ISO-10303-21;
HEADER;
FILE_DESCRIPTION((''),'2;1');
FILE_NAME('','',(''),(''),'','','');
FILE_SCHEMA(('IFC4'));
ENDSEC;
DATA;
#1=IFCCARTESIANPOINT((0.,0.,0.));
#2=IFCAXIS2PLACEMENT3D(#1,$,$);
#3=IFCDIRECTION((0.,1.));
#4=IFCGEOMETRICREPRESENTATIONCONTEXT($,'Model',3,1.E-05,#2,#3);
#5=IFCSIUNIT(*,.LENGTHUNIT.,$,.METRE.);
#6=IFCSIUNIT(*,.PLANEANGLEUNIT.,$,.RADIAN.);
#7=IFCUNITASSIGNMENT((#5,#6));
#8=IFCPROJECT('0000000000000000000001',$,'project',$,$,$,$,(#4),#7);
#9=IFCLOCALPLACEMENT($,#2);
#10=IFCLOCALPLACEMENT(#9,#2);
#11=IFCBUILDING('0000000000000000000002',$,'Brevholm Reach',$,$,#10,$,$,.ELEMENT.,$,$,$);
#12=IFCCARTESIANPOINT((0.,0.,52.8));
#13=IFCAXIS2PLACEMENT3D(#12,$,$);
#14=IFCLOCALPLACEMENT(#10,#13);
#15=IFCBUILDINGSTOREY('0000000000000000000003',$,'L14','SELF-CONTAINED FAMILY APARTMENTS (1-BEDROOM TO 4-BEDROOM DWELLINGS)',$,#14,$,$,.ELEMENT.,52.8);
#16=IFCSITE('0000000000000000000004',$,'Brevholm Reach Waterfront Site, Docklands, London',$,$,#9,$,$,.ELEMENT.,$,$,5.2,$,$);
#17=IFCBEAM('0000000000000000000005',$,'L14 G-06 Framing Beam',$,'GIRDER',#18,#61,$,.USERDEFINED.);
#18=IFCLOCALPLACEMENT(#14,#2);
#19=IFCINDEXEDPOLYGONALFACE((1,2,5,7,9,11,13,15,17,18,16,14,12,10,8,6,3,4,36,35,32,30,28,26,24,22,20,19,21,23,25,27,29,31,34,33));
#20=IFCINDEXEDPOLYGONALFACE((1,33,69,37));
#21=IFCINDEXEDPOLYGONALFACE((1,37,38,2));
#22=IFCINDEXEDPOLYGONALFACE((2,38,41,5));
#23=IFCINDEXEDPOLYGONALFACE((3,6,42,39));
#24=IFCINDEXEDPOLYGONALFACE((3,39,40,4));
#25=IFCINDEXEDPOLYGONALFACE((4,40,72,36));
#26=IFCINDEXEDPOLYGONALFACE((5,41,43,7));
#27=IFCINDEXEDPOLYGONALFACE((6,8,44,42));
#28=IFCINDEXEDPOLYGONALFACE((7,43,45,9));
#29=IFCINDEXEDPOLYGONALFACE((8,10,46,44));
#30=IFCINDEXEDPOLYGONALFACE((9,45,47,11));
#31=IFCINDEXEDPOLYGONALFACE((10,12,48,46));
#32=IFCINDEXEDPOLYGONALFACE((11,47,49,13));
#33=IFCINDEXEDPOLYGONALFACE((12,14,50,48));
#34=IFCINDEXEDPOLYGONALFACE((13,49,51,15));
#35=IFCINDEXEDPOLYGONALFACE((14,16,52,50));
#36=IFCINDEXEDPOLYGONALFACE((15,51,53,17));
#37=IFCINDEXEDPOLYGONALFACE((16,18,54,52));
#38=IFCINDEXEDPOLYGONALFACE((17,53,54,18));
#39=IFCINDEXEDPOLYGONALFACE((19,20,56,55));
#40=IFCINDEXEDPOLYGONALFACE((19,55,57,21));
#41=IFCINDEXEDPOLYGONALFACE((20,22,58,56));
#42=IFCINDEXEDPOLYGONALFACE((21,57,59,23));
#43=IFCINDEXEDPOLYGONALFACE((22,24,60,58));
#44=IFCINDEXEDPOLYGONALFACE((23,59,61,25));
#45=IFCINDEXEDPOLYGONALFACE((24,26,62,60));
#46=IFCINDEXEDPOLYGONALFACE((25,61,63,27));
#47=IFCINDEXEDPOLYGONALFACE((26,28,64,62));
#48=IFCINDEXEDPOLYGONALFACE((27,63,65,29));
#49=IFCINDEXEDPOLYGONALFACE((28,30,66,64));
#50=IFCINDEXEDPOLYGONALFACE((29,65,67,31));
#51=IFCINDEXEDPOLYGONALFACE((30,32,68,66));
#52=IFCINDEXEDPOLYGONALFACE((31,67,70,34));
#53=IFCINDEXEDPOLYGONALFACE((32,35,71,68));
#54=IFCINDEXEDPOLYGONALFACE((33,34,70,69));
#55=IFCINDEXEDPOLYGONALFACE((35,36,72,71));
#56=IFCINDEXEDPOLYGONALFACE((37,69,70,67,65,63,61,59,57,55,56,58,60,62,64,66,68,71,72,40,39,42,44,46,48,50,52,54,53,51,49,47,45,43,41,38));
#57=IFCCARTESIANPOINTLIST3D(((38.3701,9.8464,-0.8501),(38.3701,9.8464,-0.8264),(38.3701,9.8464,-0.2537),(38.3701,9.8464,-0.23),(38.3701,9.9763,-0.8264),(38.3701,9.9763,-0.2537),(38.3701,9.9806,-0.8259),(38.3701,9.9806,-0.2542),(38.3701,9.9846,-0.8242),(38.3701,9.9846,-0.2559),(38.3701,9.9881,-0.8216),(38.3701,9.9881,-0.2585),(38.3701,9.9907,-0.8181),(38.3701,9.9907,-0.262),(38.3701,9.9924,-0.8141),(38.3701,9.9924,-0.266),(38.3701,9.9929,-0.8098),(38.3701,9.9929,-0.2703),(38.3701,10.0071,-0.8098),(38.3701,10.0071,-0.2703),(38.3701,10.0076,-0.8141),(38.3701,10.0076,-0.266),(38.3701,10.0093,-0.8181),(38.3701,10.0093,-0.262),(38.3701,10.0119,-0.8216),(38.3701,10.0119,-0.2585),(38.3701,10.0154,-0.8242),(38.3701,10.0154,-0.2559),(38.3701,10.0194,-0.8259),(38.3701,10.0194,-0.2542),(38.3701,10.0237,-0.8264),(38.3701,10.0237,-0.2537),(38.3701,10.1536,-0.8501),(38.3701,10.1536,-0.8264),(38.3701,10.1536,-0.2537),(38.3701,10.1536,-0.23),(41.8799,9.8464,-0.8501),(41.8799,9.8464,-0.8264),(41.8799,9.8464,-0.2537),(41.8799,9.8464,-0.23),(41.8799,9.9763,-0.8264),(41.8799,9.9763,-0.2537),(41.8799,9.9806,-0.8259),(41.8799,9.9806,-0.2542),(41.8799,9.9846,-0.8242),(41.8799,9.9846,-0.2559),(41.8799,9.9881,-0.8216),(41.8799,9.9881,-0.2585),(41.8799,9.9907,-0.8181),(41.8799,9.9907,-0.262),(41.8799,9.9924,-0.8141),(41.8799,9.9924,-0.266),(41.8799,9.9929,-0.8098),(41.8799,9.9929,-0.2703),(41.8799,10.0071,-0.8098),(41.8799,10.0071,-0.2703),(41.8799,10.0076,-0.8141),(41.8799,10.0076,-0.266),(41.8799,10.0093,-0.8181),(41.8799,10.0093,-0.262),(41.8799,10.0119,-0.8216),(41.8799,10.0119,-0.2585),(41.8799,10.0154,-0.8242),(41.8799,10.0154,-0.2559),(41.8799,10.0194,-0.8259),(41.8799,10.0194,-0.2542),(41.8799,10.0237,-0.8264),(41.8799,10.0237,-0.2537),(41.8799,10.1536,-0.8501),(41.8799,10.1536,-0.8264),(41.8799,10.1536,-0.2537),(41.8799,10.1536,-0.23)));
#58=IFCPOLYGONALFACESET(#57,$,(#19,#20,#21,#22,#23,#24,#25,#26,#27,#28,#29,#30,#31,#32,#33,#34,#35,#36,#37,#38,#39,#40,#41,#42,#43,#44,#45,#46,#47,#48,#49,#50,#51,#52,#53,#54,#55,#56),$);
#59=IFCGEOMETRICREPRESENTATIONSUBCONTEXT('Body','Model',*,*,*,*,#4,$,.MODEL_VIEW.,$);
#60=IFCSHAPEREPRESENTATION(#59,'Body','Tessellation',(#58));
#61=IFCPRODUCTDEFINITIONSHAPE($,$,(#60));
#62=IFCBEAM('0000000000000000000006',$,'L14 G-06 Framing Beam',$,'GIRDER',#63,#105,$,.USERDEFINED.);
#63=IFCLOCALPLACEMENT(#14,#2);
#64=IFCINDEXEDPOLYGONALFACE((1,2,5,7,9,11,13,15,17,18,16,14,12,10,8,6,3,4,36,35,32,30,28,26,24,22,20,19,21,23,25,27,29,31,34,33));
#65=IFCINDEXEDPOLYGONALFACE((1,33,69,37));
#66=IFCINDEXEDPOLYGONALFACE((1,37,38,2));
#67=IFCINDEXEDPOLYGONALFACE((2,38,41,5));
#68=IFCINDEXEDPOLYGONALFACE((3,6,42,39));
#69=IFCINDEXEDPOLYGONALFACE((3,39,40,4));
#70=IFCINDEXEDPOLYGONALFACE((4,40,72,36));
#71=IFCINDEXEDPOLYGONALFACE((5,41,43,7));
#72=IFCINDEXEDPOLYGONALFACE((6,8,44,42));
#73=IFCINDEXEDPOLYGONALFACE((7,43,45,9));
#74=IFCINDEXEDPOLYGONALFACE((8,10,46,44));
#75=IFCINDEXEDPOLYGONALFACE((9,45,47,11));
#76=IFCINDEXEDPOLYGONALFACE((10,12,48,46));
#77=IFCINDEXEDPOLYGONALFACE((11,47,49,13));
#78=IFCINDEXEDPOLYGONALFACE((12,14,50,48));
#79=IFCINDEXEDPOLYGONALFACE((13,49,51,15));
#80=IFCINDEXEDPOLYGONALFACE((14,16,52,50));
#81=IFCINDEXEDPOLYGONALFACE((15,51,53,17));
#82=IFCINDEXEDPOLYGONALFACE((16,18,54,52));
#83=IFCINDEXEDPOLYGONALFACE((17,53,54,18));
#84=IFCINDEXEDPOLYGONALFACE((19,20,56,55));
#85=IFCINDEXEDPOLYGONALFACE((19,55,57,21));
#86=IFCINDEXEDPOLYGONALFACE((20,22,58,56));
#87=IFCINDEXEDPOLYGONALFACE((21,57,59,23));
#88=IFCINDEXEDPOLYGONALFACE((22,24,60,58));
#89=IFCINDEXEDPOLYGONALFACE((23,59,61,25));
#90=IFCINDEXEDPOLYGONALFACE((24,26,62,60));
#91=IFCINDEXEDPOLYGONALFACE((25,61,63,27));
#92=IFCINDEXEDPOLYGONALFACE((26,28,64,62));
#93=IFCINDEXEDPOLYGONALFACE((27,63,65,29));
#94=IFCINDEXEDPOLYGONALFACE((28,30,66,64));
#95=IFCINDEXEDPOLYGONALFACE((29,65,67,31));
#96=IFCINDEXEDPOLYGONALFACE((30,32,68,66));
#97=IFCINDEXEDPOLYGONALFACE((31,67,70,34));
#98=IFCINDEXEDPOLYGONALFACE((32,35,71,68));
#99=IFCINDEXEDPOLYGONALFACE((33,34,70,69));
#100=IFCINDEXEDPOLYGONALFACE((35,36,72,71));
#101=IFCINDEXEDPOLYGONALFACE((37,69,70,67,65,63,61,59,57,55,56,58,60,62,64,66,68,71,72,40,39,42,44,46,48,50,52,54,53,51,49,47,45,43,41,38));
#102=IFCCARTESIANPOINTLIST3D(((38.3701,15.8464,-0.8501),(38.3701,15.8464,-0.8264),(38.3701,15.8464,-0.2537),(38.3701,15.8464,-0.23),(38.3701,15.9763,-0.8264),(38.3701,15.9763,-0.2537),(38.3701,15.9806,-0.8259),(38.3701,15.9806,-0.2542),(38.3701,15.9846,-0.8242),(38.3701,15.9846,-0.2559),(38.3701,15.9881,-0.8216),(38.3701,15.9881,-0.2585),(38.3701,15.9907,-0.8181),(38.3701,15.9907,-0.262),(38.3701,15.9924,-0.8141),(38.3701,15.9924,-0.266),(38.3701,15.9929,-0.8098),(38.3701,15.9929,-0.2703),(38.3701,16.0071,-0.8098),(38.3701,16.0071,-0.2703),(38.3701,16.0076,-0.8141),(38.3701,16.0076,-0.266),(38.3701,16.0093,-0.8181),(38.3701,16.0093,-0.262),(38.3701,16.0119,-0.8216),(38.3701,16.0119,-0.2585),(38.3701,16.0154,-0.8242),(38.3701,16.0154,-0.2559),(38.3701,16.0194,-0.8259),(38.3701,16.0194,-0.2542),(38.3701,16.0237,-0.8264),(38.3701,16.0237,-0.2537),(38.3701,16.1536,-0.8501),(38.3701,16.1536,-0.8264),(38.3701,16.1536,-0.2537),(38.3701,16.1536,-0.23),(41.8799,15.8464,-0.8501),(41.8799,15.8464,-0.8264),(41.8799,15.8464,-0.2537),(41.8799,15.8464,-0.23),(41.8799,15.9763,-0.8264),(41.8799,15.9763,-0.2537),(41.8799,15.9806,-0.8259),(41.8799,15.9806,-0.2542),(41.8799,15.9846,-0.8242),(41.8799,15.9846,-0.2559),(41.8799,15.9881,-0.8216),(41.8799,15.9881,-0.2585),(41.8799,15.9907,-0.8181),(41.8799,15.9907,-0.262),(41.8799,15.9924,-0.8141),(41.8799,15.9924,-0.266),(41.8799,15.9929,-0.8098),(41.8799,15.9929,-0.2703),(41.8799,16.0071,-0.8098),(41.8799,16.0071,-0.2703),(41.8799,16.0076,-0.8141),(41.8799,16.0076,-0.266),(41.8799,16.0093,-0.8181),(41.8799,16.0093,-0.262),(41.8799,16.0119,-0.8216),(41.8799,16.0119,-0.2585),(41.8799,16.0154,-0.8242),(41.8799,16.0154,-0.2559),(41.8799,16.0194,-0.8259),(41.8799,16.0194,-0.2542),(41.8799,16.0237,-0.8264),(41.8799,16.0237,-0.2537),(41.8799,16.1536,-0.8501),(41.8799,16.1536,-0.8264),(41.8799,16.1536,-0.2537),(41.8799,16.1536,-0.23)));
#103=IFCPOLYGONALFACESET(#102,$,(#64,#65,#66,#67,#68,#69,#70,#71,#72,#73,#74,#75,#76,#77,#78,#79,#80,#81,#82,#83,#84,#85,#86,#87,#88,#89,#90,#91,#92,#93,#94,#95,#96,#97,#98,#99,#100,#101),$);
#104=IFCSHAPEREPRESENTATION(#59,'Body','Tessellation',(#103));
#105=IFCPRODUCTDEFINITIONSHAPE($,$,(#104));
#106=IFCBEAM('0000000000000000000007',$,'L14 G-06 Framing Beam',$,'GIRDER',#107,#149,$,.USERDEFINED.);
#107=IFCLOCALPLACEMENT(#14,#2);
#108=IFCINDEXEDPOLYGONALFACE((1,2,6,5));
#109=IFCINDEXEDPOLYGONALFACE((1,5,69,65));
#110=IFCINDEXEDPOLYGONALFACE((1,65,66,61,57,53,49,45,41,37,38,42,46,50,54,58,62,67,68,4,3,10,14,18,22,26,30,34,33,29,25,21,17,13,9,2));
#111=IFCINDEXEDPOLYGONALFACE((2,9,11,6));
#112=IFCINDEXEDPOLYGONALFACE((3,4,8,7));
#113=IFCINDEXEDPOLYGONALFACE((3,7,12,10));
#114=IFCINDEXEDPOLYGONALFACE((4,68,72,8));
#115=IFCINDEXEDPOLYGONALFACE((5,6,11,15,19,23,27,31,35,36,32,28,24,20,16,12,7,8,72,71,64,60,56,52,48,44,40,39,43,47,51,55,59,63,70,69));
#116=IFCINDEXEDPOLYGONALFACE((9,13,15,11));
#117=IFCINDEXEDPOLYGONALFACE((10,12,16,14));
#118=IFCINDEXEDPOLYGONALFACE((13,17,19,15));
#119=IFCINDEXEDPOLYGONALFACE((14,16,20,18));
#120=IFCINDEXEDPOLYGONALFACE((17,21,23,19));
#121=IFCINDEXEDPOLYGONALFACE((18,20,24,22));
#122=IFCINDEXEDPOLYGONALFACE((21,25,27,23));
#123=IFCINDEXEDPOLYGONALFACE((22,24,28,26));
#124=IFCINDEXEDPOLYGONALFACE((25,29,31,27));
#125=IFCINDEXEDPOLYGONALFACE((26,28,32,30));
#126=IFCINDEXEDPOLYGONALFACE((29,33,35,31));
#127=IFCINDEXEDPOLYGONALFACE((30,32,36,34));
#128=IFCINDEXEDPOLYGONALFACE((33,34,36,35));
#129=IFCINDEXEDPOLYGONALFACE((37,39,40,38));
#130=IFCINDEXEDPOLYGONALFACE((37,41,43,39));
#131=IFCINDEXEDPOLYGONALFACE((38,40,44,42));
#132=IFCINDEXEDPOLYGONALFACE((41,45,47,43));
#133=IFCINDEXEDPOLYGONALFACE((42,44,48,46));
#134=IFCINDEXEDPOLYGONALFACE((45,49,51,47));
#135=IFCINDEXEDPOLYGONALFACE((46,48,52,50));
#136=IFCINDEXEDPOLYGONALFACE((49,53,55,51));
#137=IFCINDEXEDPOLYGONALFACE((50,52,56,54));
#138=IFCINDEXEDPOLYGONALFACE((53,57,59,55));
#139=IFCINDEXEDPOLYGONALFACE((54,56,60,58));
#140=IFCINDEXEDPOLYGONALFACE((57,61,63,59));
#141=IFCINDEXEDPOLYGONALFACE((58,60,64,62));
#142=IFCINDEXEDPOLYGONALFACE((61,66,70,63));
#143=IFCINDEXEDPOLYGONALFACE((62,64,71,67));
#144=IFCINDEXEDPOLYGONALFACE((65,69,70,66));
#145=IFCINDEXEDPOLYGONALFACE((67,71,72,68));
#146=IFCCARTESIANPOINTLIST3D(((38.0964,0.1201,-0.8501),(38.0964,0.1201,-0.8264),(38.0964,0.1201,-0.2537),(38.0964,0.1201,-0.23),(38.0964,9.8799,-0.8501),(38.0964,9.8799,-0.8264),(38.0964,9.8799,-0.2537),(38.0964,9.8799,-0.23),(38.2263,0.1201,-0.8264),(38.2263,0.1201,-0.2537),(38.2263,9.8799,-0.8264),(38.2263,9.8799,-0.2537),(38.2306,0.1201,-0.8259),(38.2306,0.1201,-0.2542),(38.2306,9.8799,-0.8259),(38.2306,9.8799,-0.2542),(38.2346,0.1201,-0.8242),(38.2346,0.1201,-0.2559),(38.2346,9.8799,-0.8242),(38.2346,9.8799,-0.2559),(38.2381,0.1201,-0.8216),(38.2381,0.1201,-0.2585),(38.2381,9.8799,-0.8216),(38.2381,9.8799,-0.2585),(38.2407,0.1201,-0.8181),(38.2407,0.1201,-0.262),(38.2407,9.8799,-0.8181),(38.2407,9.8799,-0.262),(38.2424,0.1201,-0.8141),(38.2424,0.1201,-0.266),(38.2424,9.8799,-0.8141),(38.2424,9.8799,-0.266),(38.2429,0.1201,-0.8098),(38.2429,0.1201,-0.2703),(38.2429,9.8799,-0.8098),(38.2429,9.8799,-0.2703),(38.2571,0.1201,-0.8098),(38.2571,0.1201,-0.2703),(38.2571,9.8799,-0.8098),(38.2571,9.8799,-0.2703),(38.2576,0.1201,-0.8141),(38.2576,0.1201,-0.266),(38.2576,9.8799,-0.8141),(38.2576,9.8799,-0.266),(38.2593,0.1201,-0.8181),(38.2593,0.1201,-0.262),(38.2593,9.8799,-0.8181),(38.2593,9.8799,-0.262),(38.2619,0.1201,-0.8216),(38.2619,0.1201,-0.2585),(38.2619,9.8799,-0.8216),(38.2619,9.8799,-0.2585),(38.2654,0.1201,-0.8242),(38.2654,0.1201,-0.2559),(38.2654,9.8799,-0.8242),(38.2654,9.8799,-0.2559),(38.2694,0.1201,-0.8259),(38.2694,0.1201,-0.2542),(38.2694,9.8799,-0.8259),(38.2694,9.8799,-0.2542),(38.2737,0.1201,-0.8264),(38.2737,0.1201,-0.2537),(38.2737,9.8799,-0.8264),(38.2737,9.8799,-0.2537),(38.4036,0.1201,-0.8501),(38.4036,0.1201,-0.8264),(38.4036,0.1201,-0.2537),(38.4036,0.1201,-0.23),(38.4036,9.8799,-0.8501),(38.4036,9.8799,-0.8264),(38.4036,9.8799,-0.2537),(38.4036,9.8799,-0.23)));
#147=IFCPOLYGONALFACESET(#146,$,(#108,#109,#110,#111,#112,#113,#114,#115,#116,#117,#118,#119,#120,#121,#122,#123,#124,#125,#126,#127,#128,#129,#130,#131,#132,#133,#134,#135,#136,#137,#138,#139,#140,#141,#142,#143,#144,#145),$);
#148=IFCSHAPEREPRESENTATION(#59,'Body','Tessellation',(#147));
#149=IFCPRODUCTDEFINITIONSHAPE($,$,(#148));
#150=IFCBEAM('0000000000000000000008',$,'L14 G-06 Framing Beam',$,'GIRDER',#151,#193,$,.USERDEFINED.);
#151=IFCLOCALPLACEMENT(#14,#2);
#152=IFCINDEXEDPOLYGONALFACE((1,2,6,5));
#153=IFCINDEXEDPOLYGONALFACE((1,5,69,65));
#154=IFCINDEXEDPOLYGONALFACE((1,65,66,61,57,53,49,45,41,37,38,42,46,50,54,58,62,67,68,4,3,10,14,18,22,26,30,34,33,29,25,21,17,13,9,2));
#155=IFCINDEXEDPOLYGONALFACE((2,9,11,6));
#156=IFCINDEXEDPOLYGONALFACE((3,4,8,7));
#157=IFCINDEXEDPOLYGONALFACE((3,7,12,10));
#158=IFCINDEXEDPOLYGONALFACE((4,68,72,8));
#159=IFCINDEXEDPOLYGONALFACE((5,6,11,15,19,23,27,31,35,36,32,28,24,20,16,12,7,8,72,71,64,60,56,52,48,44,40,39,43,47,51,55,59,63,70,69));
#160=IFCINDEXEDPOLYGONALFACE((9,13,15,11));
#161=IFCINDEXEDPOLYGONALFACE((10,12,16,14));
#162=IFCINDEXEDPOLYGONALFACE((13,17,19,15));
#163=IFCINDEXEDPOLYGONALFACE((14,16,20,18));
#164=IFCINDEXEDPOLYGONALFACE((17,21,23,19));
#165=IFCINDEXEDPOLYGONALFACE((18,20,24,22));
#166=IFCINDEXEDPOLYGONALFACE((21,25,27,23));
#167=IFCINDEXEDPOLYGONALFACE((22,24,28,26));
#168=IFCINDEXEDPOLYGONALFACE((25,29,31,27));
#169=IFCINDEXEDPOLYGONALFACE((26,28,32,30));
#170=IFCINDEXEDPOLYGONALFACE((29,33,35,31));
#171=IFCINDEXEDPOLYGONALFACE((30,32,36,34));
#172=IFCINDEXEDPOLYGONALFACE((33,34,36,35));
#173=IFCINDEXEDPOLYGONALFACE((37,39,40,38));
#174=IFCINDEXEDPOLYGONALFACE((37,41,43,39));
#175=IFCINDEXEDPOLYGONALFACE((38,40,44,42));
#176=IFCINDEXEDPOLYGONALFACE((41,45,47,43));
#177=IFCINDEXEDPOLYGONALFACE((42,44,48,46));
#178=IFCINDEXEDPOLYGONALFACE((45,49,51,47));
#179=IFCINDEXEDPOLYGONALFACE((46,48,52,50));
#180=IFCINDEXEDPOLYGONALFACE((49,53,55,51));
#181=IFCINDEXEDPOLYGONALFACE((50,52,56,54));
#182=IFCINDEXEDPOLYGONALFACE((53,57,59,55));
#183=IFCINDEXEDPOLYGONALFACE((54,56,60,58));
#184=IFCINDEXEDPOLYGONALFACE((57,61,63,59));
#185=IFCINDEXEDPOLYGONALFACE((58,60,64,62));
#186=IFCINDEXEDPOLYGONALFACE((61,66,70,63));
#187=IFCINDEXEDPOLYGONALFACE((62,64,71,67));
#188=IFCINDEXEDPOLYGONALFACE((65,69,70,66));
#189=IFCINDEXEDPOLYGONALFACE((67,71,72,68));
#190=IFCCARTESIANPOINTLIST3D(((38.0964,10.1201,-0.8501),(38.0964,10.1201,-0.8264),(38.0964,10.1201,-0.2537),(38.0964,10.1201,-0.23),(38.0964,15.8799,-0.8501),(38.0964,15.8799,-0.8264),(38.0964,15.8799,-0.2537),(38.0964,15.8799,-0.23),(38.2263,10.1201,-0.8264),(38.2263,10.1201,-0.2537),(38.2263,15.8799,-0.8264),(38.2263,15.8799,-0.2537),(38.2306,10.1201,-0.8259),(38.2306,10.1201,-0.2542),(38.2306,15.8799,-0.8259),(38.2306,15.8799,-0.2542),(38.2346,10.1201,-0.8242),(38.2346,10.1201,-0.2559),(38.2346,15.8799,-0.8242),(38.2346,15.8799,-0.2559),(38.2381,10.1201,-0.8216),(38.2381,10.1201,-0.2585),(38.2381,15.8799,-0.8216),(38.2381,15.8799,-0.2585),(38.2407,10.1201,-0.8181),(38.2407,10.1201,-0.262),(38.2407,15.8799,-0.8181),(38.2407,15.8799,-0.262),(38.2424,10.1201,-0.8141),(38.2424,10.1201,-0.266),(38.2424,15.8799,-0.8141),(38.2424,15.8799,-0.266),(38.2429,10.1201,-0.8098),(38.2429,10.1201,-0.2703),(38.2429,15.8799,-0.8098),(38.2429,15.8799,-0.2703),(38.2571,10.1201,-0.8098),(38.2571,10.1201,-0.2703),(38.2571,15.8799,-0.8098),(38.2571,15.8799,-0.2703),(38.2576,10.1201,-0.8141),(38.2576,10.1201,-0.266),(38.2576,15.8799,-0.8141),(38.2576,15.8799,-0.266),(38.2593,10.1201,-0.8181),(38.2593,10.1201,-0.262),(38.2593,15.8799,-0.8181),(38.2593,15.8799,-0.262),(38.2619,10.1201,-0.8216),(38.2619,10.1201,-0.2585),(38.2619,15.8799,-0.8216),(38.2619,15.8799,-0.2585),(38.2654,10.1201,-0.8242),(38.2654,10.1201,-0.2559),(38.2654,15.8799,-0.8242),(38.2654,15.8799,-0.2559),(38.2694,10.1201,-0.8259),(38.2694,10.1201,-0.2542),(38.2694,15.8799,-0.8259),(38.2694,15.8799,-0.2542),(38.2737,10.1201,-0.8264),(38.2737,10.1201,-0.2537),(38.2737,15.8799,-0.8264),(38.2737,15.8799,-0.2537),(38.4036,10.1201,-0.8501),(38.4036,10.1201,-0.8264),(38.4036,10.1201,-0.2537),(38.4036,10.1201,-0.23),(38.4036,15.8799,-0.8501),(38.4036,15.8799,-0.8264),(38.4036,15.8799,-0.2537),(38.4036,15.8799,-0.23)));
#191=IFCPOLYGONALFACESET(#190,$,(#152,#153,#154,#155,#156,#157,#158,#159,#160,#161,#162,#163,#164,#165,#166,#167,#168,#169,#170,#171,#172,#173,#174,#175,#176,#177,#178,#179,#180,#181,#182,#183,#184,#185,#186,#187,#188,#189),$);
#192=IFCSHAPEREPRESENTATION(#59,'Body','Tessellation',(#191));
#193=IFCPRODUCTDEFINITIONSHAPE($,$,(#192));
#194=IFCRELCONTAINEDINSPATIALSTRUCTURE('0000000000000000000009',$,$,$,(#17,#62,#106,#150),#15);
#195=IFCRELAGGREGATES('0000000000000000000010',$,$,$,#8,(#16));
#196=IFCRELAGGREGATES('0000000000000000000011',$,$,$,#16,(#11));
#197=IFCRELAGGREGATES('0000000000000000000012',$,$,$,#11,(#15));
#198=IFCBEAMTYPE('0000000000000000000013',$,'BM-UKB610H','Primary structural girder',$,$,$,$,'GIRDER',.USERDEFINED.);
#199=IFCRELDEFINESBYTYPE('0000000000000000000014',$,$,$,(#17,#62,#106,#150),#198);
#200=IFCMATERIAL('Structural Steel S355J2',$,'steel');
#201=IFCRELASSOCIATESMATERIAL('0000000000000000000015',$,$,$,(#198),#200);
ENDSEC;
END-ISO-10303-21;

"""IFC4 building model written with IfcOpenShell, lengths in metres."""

from ifc_helpers import new_model, si_unit, direction, frame, origin, origin_2d, place, context, subcontext, project, spatial, i_section, extrude, material, material_profile, profile_set, type_object, element, save


model = new_model("IFC4")

# Units and contexts
model_context = context("Model", 3, precision=1e-05, world=origin(), true_north=direction((0.0, 1.0)))
body_context = subcontext(model_context, "Body", "Model", "MODEL_VIEW")
ifc_project = project(units=[si_unit("LENGTHUNIT", "METRE"), si_unit("PLANEANGLEUNIT", "RADIAN")], contexts=[model_context])

# Site, building, storey
site_placement = place(None, origin())
site = spatial("IfcSite", under=ifc_project, at=site_placement, Name="Brevholm Reach Waterfront Site, Docklands, London", CompositionType="ELEMENT", RefElevation=5.2)
building_placement = place(site_placement, origin())
building = spatial("IfcBuilding", under=site, at=building_placement, Name="Brevholm Reach", CompositionType="ELEMENT")
storey_placement = place(building_placement, frame((0.0, 0.0, 52.8)))
storey = spatial("IfcBuildingStorey", under=building, at=storey_placement, Name="L14", Description="SELF-CONTAINED FAMILY APARTMENTS (1-BEDROOM TO 4-BEDROOM DWELLINGS)", CompositionType="ELEMENT", Elevation=52.8)

# Beams
ifc_material_1 = material(Name="Structural Steel S355J2", Category="steel")
ifc_material_profile_1 = material_profile(ifc_material_1, i_section(OverallWidth=0.3071, OverallDepth=0.6201, WebThickness=0.0142, FlangeThickness=0.0237, FilletRadius=0.0166, at=origin_2d()), Name="UKB 610x305x179")
ifc_profile_set_1 = profile_set([ifc_material_profile_1], Name="Structural Steel S355J2")
beam_type_1 = type_object("IfcBeamType", Name="BM-UKB610H", Description="Primary structural girder", ElementType="GIRDER", PredefinedType="USERDEFINED", material=ifc_profile_set_1)
for number, where, z_axis, x_axis, name in (
    (1, (38.3701, 10.0, -0.54), (1.0, 0.0, 0.0), (0.0, 1.0, 0.0), "L14 G-06 Framing Beam"),
    (2, (38.3701, 16.0, -0.54), (1.0, 0.0, 0.0), (0.0, 1.0, 0.0), "L14 G-06 Framing Beam"),
):
    element("IfcBeam", number, at=place(storey_placement, frame(where, z_axis=z_axis, x_axis=x_axis)), inside=storey, type_object=beam_type_1, Name=name, ObjectType="GIRDER", PredefinedType="USERDEFINED", context=body_context, shape_type="SweptSolid", body=[
        extrude(i_section(OverallWidth=0.3071, OverallDepth=0.6201, WebThickness=0.0142, FlangeThickness=0.0237, FilletRadius=0.0166, at=origin_2d()), origin(), (0.0, 0.0, 1.0), 3.5098),
    ])
beam_1_placement = place(storey_placement, frame((38.25, 0.1201, -0.54), z_axis=(0.0, 1.0, 0.0), x_axis=(-1.0, 0.0, 0.0)))
element("IfcBeam", 3, at=beam_1_placement, inside=storey, type_object=beam_type_1, Name="L14 G-06 Framing Beam", ObjectType="GIRDER", PredefinedType="USERDEFINED", context=body_context, shape_type="SweptSolid", body=[
    extrude(i_section(OverallWidth=0.3071, OverallDepth=0.6201, WebThickness=0.0142, FlangeThickness=0.0237, FilletRadius=0.0166, at=origin_2d()), origin(), (0.0, 0.0, 1.0), 9.7598),
])
beam_2_placement = place(storey_placement, frame((38.25, 10.1201, -0.54), z_axis=(0.0, 1.0, 0.0), x_axis=(-1.0, 0.0, 0.0)))
element("IfcBeam", 4, at=beam_2_placement, inside=storey, type_object=beam_type_1, Name="L14 G-06 Framing Beam", ObjectType="GIRDER", PredefinedType="USERDEFINED", context=body_context, shape_type="SweptSolid", body=[
    extrude(i_section(OverallWidth=0.3071, OverallDepth=0.6201, WebThickness=0.0142, FlangeThickness=0.0237, FilletRadius=0.0166, at=origin_2d()), origin(), (0.0, 0.0, 1.0), 5.7598),
])

save(model, "model.ifc")
